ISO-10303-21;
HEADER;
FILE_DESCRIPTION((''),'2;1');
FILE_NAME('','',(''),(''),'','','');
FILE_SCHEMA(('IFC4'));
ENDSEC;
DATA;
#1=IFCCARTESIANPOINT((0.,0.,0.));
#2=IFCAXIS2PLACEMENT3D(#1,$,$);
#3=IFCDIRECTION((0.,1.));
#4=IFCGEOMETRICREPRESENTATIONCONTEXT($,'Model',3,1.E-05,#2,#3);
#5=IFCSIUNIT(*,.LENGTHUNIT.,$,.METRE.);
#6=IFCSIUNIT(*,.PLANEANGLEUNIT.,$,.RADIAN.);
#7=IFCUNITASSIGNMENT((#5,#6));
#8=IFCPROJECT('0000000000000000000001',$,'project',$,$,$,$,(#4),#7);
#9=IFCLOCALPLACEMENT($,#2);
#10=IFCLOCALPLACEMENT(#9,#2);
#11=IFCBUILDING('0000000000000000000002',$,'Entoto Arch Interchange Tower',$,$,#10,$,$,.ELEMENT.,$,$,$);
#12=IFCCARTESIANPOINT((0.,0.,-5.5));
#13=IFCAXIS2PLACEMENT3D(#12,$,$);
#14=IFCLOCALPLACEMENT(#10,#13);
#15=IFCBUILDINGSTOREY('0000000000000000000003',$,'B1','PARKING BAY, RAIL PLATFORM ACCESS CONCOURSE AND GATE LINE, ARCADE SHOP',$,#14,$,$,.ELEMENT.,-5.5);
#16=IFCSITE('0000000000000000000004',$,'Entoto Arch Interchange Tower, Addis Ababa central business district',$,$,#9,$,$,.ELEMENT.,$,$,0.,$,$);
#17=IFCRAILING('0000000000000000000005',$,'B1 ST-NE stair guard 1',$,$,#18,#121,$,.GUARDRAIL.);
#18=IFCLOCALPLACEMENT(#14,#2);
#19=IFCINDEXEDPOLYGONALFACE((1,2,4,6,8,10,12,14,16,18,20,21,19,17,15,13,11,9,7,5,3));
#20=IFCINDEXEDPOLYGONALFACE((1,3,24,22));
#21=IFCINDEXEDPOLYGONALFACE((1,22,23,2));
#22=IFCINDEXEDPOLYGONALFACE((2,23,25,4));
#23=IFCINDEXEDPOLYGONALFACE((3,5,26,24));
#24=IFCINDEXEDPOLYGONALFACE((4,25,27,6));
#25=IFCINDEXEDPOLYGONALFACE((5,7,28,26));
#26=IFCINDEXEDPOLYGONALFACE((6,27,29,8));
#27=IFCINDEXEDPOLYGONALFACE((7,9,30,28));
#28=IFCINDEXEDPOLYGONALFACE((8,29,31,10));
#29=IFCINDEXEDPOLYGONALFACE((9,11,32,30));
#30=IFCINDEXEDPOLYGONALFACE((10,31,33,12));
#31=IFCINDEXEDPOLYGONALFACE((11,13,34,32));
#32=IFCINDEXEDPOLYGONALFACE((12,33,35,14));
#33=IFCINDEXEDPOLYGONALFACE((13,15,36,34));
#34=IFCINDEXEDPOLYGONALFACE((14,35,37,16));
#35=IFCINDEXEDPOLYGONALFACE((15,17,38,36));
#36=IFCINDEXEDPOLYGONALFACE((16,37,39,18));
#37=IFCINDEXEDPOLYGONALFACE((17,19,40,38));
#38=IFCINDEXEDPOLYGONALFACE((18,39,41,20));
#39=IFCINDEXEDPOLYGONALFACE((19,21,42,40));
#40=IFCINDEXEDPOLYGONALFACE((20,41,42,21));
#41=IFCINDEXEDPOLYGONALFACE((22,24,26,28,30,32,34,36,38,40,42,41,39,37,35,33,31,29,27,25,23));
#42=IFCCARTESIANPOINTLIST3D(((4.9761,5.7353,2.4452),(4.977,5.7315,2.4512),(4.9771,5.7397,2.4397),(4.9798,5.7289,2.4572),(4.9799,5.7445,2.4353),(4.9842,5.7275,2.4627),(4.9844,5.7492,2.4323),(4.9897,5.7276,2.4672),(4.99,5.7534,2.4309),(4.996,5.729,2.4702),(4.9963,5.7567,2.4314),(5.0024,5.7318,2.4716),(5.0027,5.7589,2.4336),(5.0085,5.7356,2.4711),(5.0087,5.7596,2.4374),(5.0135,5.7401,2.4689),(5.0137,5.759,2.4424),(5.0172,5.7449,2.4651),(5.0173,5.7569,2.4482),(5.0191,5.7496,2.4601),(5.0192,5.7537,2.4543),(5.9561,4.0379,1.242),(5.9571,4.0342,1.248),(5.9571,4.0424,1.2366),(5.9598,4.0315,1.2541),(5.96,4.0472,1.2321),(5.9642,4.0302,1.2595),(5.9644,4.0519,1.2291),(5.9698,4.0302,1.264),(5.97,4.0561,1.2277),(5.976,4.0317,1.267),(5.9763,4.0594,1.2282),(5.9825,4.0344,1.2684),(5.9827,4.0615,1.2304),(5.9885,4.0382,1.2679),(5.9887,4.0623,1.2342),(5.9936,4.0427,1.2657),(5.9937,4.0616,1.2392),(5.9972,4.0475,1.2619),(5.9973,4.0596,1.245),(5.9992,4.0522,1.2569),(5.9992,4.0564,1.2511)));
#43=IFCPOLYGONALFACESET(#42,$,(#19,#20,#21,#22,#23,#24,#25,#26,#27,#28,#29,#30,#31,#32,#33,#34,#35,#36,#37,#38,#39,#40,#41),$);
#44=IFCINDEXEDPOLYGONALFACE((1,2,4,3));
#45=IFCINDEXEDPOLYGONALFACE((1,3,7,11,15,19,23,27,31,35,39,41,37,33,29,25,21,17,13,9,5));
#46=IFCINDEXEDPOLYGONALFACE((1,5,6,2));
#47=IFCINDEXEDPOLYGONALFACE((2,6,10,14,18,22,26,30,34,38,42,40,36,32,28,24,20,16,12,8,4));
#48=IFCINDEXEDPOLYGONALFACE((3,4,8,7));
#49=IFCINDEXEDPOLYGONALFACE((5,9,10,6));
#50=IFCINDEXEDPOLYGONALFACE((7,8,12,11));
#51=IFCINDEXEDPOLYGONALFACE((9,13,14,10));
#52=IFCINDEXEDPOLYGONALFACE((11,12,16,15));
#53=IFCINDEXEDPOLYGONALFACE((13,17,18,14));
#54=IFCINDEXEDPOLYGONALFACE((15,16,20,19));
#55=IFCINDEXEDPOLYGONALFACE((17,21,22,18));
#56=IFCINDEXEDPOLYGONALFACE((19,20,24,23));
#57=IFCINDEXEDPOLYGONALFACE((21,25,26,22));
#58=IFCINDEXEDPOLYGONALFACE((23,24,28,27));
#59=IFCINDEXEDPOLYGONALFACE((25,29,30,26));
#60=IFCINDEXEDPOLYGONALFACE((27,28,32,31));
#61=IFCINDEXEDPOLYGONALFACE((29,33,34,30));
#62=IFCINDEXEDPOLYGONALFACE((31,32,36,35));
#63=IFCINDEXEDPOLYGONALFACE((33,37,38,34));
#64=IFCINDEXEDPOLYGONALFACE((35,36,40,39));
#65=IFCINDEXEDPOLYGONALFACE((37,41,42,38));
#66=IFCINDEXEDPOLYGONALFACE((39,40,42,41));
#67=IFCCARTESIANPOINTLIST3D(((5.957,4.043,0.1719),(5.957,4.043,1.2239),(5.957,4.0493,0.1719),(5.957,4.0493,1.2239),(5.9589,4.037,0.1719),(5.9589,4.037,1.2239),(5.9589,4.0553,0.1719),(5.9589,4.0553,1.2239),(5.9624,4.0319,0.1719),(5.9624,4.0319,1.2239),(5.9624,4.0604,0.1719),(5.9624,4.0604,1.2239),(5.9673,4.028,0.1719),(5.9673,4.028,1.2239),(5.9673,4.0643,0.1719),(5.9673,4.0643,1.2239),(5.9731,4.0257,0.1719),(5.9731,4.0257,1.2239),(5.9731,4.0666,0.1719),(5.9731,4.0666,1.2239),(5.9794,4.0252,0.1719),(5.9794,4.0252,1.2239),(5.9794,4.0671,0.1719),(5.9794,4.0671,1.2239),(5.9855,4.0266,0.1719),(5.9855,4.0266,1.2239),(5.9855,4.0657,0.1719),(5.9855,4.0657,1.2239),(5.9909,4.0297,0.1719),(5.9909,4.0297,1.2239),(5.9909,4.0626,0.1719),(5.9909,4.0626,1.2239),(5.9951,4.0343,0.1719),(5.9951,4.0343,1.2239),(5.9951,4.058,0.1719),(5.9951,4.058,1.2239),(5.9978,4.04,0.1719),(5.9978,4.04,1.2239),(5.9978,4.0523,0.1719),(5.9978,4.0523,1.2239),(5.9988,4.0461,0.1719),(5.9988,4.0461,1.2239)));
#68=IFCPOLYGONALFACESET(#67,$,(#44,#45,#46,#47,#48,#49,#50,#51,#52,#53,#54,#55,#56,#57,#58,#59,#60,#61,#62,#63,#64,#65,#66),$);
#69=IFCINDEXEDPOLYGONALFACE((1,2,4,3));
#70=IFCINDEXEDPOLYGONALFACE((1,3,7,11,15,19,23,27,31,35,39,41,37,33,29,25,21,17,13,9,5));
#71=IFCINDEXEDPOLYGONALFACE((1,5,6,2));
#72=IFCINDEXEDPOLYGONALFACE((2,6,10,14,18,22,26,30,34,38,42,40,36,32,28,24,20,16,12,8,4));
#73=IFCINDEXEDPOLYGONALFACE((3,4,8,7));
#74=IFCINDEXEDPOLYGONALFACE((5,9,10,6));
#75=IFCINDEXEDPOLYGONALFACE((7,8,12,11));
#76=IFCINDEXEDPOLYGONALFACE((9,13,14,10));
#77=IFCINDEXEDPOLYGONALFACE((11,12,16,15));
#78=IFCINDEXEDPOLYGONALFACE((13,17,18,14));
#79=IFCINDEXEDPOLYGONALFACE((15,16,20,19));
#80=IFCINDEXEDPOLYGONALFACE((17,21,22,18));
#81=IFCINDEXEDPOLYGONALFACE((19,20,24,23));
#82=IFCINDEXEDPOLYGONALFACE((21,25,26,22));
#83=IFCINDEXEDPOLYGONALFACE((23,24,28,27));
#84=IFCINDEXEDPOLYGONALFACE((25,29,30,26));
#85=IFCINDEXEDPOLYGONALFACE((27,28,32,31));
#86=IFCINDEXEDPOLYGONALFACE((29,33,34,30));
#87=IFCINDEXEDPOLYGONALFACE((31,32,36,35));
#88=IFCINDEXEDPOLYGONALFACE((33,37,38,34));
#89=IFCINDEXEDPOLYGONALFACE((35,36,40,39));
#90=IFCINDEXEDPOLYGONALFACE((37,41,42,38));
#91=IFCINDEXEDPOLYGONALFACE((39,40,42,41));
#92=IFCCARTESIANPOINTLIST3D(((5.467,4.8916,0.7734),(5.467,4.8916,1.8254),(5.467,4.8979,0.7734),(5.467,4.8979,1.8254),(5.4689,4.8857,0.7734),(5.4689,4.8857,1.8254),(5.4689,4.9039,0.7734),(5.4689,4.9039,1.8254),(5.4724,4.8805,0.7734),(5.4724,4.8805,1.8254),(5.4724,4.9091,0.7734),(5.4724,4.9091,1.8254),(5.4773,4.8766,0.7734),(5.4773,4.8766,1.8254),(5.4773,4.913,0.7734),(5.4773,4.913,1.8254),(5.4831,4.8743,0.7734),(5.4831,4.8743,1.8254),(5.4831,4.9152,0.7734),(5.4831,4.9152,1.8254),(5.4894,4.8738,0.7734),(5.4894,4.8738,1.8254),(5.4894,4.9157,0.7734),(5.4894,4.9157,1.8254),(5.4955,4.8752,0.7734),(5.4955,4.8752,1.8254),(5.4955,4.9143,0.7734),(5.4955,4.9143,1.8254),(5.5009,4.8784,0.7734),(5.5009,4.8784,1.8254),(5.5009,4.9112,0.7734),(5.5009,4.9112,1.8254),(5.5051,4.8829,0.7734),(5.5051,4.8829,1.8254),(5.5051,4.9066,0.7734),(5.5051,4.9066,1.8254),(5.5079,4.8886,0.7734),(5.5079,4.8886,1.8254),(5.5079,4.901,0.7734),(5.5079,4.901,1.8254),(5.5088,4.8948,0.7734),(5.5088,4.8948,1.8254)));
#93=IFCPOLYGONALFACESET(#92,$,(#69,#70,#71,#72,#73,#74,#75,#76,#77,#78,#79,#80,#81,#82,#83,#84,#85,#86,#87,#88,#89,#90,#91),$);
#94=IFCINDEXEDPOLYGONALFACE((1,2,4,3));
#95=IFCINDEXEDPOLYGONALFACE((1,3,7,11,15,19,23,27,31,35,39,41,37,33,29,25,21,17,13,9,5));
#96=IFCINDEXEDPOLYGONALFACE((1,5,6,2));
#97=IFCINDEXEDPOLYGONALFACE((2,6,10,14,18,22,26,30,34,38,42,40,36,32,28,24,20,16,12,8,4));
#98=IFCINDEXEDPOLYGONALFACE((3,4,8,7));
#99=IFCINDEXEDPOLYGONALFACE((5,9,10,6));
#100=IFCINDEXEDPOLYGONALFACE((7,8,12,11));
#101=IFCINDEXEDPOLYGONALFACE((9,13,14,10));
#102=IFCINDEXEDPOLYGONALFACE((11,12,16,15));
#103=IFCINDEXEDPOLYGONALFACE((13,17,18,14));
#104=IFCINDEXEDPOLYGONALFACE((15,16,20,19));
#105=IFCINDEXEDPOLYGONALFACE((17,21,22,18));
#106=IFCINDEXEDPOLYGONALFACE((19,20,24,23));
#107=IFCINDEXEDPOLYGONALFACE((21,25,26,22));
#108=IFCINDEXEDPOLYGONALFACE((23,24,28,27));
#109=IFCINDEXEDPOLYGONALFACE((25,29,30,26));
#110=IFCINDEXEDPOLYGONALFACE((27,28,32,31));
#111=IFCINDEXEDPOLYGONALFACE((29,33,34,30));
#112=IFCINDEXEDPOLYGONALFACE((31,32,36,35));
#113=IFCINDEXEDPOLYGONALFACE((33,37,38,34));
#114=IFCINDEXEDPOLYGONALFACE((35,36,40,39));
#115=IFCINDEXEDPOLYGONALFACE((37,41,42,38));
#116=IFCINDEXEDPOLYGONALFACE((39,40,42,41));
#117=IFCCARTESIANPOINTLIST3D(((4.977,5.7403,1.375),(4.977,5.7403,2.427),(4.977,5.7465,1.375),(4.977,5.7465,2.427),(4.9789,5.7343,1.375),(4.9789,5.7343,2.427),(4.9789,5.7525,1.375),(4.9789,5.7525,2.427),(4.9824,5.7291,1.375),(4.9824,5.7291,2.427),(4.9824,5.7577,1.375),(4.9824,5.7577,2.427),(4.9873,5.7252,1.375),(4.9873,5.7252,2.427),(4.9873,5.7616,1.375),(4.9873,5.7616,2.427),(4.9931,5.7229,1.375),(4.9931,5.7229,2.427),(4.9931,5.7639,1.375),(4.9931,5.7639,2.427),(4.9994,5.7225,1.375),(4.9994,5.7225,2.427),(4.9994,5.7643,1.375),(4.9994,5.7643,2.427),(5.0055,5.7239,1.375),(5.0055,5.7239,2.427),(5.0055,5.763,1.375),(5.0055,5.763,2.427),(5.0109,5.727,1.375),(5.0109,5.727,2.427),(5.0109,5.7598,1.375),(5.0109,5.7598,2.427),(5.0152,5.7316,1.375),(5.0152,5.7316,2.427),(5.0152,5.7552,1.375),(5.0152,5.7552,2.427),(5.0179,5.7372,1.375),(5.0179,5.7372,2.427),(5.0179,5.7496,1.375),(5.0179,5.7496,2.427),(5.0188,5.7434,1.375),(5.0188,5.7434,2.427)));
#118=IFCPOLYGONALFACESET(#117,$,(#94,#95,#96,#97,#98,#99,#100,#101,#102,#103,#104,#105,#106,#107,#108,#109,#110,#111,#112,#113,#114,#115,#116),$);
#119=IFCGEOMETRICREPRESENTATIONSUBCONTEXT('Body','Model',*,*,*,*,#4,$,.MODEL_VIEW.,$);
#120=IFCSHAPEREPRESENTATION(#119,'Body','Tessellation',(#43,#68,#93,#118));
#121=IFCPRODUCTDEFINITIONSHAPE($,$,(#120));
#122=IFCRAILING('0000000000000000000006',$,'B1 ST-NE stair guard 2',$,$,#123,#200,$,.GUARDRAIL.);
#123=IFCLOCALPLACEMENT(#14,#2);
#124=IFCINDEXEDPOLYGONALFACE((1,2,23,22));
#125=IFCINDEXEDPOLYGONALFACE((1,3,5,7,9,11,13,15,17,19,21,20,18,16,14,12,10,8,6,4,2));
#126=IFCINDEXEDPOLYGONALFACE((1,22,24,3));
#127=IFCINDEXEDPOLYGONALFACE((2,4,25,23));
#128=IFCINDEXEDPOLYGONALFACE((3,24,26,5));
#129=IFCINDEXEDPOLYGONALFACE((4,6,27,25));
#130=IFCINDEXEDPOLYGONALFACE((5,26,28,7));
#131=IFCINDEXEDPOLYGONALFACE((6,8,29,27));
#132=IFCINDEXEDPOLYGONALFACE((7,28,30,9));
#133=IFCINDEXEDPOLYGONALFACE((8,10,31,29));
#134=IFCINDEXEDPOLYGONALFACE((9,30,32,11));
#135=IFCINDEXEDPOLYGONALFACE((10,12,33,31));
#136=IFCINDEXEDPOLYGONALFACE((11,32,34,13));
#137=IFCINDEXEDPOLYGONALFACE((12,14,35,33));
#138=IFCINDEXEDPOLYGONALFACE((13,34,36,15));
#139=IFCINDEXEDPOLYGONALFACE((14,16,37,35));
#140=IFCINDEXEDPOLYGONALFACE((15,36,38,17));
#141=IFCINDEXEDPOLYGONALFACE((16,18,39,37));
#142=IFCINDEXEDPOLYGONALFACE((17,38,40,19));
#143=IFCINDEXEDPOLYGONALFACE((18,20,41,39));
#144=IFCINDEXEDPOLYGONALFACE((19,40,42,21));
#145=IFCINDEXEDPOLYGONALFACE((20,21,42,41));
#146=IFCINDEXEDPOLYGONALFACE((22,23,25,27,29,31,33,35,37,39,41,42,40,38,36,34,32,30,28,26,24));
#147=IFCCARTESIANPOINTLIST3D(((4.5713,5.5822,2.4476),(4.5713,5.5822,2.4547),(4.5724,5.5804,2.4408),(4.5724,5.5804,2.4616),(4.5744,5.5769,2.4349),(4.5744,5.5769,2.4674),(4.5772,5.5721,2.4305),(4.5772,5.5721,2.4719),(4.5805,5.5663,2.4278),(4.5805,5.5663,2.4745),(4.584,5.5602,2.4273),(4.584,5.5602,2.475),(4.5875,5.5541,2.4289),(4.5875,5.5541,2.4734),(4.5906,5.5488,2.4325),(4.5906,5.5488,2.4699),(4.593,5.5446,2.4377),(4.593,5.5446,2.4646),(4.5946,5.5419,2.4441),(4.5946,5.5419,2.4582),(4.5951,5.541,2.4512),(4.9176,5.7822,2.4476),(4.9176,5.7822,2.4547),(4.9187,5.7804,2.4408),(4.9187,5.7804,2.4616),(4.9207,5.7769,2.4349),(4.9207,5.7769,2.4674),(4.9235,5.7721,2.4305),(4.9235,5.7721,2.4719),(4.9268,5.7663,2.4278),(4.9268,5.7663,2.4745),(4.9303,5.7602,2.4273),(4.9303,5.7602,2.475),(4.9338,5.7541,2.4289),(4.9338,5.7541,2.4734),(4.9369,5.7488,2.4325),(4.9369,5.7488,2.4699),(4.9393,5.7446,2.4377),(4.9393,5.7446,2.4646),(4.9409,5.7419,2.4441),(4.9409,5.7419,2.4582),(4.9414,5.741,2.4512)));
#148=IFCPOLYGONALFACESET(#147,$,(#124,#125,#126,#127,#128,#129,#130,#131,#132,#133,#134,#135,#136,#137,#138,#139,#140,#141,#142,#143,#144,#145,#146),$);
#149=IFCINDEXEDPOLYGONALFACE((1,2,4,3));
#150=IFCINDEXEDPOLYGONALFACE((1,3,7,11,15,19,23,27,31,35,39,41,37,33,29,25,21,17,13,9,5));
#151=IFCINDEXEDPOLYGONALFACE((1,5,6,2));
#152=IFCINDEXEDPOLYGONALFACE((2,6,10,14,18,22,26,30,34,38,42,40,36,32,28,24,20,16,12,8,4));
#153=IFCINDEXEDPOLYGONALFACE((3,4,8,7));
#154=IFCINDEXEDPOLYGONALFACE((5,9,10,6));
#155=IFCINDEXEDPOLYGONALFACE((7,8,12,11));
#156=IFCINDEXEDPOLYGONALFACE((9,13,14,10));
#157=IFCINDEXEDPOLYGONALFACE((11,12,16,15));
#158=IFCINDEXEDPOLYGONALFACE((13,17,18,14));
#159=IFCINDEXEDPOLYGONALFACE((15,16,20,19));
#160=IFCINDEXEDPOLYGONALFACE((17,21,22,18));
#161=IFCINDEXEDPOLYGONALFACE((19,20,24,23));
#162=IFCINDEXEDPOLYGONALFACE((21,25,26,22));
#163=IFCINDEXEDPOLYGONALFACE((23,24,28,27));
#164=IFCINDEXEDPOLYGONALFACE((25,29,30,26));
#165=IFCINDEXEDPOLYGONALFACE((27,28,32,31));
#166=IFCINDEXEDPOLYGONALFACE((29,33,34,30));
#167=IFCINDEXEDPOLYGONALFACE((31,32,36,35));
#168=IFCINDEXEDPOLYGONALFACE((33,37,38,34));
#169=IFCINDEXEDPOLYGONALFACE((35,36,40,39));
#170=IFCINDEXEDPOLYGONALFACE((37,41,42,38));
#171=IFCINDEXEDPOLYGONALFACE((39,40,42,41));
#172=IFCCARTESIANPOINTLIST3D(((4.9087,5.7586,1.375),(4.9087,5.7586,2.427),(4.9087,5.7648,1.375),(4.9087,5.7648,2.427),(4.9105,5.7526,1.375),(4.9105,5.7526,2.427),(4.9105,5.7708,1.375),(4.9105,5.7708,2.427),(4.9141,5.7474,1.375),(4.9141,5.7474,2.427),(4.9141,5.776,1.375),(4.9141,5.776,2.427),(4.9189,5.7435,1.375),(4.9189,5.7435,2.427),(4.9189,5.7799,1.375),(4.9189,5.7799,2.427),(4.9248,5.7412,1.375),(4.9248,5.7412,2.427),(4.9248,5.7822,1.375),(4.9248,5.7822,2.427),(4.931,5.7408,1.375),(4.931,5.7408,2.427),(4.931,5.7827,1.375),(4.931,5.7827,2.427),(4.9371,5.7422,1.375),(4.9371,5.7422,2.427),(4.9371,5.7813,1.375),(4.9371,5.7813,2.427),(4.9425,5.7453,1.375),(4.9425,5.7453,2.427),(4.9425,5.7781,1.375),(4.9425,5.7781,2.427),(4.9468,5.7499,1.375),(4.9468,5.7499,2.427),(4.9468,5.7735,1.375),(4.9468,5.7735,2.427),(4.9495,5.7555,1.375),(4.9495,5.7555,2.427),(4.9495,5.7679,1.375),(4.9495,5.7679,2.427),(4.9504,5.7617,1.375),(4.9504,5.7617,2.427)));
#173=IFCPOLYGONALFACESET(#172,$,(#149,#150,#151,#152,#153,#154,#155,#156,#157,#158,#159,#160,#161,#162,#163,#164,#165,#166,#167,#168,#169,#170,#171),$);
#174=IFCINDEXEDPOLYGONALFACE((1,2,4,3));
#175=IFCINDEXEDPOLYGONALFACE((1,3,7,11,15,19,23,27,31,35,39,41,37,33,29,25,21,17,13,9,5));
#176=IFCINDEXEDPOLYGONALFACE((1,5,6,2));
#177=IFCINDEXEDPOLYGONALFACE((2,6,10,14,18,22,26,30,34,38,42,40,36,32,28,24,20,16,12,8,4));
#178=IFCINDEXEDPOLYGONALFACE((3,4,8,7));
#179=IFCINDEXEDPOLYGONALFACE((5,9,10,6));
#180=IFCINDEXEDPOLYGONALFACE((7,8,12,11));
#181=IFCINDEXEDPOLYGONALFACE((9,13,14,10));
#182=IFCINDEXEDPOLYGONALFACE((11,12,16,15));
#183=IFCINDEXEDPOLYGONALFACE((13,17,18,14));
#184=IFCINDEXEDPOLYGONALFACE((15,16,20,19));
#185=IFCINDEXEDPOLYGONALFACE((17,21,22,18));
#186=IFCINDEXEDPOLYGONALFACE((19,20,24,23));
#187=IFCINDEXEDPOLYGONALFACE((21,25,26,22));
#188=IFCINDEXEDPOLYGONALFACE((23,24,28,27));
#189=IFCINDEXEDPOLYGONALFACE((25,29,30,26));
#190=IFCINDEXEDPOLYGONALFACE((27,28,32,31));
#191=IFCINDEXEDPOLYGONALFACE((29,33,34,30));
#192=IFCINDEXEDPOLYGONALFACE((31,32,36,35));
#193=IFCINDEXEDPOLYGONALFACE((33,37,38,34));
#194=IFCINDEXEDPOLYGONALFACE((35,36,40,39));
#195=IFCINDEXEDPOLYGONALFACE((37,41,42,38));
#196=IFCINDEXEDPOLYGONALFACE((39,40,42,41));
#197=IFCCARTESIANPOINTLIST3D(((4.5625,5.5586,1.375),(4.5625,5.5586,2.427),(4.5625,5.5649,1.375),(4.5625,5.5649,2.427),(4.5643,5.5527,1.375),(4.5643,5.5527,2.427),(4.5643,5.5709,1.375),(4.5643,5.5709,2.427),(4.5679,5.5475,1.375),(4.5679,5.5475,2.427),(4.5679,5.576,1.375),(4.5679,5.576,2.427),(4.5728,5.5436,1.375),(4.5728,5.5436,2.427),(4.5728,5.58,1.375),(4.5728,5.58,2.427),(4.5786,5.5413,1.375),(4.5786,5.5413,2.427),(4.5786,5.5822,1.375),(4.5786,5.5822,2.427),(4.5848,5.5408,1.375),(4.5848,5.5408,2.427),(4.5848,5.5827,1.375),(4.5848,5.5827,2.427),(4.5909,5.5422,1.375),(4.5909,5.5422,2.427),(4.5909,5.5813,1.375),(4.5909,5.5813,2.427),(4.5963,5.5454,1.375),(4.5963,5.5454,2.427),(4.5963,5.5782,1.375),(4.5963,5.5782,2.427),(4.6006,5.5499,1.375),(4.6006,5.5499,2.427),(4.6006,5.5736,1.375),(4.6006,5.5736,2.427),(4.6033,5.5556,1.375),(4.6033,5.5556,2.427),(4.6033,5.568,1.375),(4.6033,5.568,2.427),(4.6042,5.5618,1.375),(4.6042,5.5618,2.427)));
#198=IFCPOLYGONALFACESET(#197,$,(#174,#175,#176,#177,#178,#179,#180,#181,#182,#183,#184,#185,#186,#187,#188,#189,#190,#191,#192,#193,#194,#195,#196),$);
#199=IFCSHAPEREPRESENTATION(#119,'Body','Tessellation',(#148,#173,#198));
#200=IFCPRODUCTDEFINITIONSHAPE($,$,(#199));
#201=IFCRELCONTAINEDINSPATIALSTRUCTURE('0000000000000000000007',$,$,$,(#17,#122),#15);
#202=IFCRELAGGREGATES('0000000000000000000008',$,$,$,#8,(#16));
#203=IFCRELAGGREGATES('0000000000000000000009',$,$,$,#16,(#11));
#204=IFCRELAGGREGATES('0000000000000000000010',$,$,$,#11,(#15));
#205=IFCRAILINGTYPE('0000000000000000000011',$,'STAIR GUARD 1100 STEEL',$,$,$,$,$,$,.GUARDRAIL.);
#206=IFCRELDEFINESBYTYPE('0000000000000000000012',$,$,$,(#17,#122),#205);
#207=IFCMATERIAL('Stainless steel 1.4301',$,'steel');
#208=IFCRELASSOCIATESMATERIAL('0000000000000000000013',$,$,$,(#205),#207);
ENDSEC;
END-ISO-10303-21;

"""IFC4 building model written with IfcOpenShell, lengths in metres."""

from ifc_helpers import new_model, si_unit, direction, frame, origin, origin_2d, place, context, subcontext, project, spatial, circle, extrude, material, type_object, element, save


model = new_model("IFC4")

# Units and contexts
model_context = context("Model", 3, precision=1e-05, world=origin(), true_north=direction((0.0, 1.0)))
body_context = subcontext(model_context, "Body", "Model", "MODEL_VIEW")
ifc_project = project(units=[si_unit("LENGTHUNIT", "METRE"), si_unit("PLANEANGLEUNIT", "RADIAN")], contexts=[model_context])

# Site, building, storey
site_placement = place(None, origin())
site = spatial("IfcSite", under=ifc_project, at=site_placement, Name="Entoto Arch Interchange Tower, Addis Ababa central business district", CompositionType="ELEMENT", RefElevation=0.0)
building_placement = place(site_placement, origin())
building = spatial("IfcBuilding", under=site, at=building_placement, Name="Entoto Arch Interchange Tower", CompositionType="ELEMENT")
storey_placement = place(building_placement, frame((0.0, 0.0, -5.5)))
storey = spatial("IfcBuildingStorey", under=building, at=storey_placement, Name="B1", Description="PARKING BAY, RAIL PLATFORM ACCESS CONCOURSE AND GATE LINE, ARCADE SHOP", CompositionType="ELEMENT", Elevation=-5.5)

# Railings
ifc_material_1 = material(Name="Stainless steel 1.4301", Category="steel")
railing_type_1 = type_object("IfcRailingType", Name="STAIR GUARD 1100 STEEL", PredefinedType="GUARDRAIL", material=ifc_material_1)
railing_1_placement = place(storey_placement, frame((5.9778, 4.0461, 0.1719)))
element("IfcRailing", 1, at=railing_1_placement, inside=storey, type_object=railing_type_1, Name="B1 ST-NE stair guard 1", PredefinedType="GUARDRAIL", context=body_context, shape_type="SweptSolid", body=[
    extrude(circle(Radius=0.0239, at=origin_2d()), frame((0.0, 0.0, 1.0762), z_axis=(-0.426136, 0.73804, 0.523168), x_axis=(-0.866011, -0.500024, 0.0)), (0.0, 0.0, 1.0), 2.2998),
    extrude(circle(Radius=0.021, at=origin_2d()), origin(), (0.0, 0.0, 1.0), 1.052),
    extrude(circle(Radius=0.021, at=origin_2d()), frame((-0.49, 0.8486, 0.6016)), (0.0, 0.0, 1.0), 1.052),
    extrude(circle(Radius=0.021, at=origin_2d()), frame((-0.98, 1.6973, 1.2031)), (0.0, 0.0, 1.0), 1.052),
])
railing_2_placement = place(storey_placement, frame((4.9294, 5.7617, 1.375)))
element("IfcRailing", 2, at=railing_2_placement, inside=storey, type_object=railing_type_1, Name="B1 ST-NE stair guard 2", PredefinedType="GUARDRAIL", context=body_context, shape_type="SweptSolid", body=[
    extrude(circle(Radius=0.0239, at=origin_2d()), frame((0.0, 0.0, 1.0762), z_axis=(-0.865941, -0.500145, 0.0), x_axis=(0.500145, -0.865941, 0.0)), (0.0, 0.0, 1.0), 0.3999),
    extrude(circle(Radius=0.021, at=origin_2d()), origin(), (0.0, 0.0, 1.0), 1.052),
    extrude(circle(Radius=0.021, at=origin_2d()), frame((-0.3462, -0.2, 0.0)), (0.0, 0.0, 1.0), 1.052),
])

save(model, "model.ifc")
